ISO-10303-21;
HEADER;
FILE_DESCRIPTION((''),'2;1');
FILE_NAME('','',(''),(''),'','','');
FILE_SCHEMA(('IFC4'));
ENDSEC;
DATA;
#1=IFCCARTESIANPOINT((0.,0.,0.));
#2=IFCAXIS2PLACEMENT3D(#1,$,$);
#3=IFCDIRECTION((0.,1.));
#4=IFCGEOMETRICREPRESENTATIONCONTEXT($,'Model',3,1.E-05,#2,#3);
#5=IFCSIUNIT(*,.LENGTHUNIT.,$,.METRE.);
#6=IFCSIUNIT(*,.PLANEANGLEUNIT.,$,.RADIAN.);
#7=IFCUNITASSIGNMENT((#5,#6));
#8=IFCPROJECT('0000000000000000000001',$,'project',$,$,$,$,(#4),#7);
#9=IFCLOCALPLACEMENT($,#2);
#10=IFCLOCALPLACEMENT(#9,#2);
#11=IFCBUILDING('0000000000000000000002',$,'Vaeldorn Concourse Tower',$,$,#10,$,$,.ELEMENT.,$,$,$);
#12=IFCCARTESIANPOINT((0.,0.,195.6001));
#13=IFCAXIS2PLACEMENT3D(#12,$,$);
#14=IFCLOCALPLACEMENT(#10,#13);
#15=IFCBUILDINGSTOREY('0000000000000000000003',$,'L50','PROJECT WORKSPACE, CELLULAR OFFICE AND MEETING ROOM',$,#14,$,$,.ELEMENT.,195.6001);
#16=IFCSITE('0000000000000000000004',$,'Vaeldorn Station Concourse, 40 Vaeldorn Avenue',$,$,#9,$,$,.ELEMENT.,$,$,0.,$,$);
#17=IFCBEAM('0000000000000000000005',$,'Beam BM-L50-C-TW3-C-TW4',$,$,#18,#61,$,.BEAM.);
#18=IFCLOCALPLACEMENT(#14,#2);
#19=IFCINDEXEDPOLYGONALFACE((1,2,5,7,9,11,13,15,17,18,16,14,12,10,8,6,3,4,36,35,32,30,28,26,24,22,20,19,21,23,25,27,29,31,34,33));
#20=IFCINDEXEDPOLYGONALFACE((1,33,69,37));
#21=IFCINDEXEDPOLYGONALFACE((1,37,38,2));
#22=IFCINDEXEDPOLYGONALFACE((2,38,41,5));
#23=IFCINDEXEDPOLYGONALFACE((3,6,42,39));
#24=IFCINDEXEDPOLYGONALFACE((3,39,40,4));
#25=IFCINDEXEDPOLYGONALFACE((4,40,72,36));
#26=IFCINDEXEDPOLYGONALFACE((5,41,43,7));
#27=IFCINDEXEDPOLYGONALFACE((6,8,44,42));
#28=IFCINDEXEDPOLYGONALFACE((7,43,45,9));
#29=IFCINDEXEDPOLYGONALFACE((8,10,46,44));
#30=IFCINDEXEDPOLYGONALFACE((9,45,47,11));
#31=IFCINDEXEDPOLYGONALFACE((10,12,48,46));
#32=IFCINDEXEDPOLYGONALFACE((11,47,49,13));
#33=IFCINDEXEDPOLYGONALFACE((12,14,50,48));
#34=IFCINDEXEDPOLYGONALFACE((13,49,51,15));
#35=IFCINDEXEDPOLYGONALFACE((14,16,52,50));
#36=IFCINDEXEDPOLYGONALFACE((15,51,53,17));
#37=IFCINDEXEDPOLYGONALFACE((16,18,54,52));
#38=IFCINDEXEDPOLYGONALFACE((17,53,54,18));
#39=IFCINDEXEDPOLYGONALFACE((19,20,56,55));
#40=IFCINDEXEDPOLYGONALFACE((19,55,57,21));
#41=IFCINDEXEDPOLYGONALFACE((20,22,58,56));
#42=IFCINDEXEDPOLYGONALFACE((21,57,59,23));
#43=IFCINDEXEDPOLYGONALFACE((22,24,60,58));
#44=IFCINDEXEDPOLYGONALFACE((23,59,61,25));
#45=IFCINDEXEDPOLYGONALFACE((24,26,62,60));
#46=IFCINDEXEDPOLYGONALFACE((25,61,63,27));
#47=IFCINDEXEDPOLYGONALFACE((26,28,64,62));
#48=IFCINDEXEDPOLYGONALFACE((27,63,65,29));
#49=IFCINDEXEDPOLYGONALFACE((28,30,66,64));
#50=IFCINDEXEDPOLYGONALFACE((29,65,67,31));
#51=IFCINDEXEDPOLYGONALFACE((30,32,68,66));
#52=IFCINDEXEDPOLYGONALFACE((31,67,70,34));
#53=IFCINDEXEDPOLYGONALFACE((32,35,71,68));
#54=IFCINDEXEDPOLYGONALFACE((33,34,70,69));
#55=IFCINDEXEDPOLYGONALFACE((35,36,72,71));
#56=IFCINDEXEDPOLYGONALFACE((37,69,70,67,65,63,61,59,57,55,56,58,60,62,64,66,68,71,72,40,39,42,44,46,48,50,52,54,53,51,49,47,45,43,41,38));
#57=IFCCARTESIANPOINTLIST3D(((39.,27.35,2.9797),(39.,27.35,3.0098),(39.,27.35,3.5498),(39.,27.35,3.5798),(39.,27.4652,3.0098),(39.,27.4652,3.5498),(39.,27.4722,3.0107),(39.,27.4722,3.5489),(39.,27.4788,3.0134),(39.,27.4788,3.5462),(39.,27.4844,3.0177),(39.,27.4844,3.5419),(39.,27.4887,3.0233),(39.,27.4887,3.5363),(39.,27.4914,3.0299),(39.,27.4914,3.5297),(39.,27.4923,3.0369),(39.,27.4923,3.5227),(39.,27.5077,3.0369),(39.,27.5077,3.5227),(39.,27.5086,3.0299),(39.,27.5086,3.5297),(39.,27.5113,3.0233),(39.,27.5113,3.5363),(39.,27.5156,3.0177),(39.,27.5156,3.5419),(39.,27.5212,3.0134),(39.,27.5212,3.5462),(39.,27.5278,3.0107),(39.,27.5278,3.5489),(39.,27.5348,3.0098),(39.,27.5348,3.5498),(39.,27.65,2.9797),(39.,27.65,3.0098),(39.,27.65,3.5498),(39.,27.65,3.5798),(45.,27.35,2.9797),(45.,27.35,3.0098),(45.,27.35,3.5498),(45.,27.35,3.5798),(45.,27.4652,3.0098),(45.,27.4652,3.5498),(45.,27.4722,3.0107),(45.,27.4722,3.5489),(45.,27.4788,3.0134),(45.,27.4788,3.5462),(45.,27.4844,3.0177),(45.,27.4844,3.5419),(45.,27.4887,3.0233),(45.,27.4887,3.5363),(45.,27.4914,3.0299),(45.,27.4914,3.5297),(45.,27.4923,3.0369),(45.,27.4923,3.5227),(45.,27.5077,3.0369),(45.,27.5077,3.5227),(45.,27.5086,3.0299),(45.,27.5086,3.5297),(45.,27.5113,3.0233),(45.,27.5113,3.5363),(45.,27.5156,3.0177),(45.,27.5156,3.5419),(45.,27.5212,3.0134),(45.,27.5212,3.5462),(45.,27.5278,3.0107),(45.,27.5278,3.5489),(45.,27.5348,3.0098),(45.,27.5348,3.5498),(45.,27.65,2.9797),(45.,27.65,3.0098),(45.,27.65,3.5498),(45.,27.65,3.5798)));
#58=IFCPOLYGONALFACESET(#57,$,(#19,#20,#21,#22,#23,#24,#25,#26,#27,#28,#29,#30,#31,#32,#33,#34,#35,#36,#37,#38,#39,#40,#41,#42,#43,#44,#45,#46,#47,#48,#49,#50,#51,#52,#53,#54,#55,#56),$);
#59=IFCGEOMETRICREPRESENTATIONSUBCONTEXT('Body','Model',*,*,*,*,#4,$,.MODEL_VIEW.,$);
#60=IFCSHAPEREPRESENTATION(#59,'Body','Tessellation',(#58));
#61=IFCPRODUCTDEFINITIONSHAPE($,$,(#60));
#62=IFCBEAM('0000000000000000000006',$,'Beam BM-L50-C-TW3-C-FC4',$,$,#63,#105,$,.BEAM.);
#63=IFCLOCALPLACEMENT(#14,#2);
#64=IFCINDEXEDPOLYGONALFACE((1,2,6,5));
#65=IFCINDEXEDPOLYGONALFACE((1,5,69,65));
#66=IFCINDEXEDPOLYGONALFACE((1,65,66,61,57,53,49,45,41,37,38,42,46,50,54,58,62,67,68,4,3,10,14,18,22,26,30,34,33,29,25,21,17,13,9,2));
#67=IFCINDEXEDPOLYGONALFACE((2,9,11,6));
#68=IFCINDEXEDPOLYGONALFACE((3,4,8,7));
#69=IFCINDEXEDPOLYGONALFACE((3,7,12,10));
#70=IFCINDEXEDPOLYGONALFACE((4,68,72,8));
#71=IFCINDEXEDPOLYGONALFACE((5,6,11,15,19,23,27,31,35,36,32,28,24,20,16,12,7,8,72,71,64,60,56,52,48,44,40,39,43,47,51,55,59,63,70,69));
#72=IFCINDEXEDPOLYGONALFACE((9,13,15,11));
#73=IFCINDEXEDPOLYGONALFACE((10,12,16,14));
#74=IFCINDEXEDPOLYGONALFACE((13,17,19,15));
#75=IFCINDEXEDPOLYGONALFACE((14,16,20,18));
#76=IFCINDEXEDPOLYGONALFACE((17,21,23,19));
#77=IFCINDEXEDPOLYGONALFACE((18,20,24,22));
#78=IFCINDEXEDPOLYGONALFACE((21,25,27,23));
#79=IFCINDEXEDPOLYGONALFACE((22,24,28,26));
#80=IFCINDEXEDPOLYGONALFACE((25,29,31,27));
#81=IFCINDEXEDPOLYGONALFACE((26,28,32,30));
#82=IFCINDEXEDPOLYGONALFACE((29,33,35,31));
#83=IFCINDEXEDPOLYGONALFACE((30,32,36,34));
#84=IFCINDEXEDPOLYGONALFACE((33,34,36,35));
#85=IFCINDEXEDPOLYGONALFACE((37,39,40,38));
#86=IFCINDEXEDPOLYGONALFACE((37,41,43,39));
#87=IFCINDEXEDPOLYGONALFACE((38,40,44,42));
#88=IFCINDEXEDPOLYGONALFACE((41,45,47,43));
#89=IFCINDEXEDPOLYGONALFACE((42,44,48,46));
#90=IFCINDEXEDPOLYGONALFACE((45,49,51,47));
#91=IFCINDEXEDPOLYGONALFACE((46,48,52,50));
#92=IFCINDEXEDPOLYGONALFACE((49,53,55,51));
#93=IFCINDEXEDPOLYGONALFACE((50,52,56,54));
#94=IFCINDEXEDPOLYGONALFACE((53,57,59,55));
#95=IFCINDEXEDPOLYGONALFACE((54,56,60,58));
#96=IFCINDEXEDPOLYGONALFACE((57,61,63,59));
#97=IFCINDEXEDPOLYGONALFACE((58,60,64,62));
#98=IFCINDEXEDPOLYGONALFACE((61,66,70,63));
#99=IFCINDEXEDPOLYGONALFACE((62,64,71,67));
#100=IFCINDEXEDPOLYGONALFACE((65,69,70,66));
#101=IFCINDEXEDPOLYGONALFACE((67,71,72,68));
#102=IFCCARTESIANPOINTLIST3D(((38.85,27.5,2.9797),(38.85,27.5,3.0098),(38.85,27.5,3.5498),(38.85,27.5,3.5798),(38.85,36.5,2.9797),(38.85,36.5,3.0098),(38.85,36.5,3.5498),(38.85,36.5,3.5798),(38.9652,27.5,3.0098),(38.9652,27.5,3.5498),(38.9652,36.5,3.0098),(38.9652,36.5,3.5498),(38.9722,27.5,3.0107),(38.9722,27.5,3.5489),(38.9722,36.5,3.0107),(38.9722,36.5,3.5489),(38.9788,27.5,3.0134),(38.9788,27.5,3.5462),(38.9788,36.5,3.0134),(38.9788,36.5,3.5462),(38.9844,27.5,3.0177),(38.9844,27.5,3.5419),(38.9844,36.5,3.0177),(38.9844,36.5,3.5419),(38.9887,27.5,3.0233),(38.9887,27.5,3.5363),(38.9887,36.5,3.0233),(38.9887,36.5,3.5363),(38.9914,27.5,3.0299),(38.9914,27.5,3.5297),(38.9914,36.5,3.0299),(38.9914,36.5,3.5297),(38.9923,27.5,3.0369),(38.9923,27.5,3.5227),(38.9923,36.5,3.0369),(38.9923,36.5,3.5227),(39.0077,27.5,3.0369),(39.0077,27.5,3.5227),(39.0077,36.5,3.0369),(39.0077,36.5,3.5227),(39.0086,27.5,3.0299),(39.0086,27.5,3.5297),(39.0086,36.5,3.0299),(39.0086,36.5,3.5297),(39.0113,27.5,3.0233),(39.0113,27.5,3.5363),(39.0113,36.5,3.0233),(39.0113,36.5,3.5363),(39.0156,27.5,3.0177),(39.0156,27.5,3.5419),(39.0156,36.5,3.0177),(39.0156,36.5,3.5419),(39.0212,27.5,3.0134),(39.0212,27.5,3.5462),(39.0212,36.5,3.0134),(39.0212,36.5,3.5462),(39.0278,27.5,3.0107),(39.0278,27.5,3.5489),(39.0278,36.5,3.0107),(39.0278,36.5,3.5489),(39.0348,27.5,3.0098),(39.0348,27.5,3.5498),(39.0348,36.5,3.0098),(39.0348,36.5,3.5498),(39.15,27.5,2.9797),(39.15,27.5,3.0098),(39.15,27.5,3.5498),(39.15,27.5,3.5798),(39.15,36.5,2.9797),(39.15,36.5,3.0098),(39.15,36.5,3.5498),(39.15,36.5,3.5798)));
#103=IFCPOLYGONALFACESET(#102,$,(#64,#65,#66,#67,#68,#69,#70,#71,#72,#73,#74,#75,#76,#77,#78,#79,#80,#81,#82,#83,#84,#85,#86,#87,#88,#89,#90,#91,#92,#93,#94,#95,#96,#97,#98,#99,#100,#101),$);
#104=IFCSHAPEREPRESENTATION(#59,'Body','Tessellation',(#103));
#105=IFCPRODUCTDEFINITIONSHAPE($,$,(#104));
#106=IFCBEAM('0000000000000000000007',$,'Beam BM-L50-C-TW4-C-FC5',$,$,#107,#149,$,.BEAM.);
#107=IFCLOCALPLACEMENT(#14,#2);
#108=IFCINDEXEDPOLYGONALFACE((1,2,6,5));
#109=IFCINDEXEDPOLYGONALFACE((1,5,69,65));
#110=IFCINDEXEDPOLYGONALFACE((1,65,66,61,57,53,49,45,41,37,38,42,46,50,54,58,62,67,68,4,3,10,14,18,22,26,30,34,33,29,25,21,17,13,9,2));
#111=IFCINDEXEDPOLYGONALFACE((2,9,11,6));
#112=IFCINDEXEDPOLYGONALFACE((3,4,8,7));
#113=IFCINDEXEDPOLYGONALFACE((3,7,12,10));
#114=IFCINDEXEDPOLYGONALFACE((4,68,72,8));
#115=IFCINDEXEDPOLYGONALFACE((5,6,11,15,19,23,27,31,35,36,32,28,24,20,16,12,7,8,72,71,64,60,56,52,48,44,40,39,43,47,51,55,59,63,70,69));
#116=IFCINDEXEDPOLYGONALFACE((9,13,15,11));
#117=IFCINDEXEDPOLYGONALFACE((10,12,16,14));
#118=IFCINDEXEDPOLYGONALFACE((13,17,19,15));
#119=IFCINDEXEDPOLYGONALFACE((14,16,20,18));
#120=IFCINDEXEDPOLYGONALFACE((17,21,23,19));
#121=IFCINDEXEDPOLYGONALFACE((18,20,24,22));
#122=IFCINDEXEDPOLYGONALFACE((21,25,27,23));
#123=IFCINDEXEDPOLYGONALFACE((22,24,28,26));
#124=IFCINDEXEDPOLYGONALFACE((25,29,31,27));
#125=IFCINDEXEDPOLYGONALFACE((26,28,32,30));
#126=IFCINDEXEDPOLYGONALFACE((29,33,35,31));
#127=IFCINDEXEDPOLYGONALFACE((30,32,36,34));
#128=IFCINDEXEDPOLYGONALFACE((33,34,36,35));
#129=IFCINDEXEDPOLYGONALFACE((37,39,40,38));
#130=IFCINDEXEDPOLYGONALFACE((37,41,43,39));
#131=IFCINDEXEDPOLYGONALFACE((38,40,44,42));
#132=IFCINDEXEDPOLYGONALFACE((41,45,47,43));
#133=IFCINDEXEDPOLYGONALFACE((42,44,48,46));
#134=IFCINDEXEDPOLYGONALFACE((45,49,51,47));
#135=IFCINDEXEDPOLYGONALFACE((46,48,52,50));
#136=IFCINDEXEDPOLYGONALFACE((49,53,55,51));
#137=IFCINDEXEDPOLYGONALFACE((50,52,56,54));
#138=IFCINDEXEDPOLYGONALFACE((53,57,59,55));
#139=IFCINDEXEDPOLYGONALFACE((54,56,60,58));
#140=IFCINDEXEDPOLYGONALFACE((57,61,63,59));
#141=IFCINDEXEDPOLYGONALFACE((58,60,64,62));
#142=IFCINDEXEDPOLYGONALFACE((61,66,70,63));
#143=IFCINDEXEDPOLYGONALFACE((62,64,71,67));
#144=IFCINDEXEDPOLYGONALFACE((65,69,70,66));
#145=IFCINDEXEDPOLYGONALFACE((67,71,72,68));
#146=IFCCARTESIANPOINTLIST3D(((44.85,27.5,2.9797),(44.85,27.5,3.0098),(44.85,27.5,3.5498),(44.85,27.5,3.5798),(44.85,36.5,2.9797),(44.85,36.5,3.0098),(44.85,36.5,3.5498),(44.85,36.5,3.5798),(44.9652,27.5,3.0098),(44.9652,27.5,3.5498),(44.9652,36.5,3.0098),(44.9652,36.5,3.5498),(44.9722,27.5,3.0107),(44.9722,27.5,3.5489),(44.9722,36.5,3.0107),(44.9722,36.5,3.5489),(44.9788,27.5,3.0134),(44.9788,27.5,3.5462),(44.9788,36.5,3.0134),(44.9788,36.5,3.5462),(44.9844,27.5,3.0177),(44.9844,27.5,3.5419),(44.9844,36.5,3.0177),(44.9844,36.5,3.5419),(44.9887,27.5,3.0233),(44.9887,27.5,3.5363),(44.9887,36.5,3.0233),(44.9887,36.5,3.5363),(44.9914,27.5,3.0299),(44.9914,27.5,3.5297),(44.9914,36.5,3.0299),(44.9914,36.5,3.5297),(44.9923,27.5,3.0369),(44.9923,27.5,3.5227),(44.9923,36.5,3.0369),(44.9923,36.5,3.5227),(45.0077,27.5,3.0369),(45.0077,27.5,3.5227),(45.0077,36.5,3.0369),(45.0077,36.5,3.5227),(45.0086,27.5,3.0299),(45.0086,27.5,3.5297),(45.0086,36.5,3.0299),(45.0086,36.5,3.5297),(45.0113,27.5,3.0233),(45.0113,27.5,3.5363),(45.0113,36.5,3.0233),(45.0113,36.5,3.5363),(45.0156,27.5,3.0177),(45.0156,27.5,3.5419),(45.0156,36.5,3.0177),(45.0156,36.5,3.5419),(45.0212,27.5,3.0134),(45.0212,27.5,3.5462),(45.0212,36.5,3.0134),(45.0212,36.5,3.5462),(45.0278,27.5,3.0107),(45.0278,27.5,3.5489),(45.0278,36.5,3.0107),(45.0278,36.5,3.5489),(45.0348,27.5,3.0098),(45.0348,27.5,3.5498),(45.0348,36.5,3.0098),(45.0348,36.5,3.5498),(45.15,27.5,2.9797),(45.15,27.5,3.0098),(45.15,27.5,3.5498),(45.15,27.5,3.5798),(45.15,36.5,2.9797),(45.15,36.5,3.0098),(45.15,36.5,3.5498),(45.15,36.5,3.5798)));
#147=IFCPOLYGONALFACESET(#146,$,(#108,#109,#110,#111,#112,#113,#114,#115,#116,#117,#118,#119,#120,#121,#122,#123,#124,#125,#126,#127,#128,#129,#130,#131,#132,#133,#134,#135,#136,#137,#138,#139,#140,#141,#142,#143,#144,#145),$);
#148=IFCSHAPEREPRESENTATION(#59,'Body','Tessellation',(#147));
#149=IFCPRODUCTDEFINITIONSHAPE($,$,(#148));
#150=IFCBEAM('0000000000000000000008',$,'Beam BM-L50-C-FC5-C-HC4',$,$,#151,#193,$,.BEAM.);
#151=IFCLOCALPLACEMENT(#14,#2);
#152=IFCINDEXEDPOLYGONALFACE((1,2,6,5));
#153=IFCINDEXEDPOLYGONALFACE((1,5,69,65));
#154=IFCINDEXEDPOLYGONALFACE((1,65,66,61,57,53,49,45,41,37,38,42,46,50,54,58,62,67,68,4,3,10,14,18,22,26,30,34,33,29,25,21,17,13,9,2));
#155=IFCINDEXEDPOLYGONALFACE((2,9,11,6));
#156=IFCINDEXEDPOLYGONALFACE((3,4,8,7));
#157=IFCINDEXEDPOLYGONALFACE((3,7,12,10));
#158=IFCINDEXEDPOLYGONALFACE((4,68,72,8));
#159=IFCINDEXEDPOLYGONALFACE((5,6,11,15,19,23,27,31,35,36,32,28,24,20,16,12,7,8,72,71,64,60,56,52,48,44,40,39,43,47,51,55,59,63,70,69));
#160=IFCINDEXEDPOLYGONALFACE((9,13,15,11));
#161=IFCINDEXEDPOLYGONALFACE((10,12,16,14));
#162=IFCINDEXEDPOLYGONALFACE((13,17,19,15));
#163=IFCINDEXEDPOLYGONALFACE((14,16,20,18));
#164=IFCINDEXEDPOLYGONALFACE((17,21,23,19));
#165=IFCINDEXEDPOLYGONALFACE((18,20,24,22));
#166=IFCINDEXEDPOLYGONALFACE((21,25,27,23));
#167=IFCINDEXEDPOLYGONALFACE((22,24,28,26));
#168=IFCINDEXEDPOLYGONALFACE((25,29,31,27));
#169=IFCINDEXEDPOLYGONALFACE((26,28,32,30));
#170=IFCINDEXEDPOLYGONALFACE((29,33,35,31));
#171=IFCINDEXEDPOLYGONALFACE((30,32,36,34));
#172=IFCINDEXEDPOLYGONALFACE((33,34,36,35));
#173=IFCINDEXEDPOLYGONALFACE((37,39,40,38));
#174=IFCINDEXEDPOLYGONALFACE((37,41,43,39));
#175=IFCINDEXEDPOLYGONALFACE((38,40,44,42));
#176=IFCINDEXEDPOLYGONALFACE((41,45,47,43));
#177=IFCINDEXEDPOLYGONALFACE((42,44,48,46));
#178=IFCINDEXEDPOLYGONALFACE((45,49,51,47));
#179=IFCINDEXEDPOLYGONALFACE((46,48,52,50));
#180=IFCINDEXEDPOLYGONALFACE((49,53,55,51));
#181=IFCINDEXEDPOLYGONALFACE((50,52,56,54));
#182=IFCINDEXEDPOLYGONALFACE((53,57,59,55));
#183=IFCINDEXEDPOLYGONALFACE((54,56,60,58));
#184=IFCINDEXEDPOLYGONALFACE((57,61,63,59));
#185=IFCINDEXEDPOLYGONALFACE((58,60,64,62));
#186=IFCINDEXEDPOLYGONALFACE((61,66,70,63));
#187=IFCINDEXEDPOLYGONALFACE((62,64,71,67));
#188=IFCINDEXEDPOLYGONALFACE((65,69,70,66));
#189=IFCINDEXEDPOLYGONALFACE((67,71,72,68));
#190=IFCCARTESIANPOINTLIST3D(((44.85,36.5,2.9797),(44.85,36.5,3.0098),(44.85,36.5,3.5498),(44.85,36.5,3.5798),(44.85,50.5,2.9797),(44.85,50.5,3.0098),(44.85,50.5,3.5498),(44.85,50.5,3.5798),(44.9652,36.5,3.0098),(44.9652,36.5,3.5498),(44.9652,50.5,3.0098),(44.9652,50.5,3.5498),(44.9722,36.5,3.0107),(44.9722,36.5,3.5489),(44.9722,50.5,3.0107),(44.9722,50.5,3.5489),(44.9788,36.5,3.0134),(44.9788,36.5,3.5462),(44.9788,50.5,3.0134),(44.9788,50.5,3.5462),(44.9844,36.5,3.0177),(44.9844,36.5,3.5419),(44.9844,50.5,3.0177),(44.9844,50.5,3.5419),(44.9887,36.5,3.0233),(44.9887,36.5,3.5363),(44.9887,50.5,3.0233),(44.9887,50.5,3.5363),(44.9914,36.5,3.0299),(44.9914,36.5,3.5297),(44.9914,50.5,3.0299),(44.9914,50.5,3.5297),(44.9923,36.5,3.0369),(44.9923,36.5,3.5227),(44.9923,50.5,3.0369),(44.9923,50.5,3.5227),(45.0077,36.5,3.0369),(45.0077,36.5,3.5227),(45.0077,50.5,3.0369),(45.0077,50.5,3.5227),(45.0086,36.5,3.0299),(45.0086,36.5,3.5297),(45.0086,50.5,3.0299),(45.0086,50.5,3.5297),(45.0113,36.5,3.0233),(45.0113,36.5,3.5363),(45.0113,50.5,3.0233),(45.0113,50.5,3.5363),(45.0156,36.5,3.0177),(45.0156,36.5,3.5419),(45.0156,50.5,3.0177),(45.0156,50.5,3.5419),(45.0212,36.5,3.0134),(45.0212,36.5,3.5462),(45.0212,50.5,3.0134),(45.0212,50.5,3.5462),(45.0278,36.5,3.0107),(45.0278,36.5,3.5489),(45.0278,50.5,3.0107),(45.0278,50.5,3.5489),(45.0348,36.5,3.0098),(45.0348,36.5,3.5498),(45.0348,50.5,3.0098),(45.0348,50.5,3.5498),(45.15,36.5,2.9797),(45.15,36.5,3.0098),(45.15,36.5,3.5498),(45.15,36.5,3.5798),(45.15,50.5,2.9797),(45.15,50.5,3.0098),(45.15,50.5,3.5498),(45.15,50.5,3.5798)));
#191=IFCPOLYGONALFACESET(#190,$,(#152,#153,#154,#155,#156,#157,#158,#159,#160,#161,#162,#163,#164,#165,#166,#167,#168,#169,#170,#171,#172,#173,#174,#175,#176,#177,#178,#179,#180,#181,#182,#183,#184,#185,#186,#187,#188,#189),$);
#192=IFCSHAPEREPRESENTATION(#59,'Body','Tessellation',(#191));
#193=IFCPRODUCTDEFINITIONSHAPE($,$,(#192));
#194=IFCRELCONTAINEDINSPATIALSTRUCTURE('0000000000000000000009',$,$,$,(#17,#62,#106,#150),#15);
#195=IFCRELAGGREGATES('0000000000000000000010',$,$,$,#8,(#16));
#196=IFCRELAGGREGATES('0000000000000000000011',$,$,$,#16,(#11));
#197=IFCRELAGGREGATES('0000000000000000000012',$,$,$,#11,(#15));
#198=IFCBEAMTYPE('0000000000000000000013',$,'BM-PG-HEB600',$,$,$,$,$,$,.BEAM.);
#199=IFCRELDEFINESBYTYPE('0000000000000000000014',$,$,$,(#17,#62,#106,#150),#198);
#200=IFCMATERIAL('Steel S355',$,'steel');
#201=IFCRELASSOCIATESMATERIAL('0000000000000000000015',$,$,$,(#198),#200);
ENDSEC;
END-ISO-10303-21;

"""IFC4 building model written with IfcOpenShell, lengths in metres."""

from ifc_helpers import new_model, si_unit, direction, frame, origin, origin_2d, place, context, subcontext, project, spatial, i_section, extrude, source, transform, mapped, material, material_profile, profile_set, type_object, element, save


model = new_model("IFC4")

# Units and contexts
model_context = context("Model", 3, precision=1e-05, world=origin(), true_north=direction((0.0, 1.0)))
body_context = subcontext(model_context, "Body", "Model", "MODEL_VIEW")
ifc_project = project(units=[si_unit("LENGTHUNIT", "METRE"), si_unit("PLANEANGLEUNIT", "RADIAN")], contexts=[model_context])

# Site, building, storey
site_placement = place(None, origin())
site = spatial("IfcSite", under=ifc_project, at=site_placement, Name="Vaeldorn Station Concourse, 40 Vaeldorn Avenue", CompositionType="ELEMENT", RefElevation=0.0)
building_placement = place(site_placement, origin())
building = spatial("IfcBuilding", under=site, at=building_placement, Name="Vaeldorn Concourse Tower", CompositionType="ELEMENT")
storey_placement = place(building_placement, frame((0.0, 0.0, 195.6001)))
storey = spatial("IfcBuildingStorey", under=building, at=storey_placement, Name="L50", Description="PROJECT WORKSPACE, CELLULAR OFFICE AND MEETING ROOM", CompositionType="ELEMENT", Elevation=195.6001)

# Shared definitions
ifc_material_1 = material(Name="Steel S355", Category="steel")

# Beams
ifc_material_profile_1 = material_profile(ifc_material_1, i_section(OverallWidth=0.3, OverallDepth=0.6001, WebThickness=0.0154, FlangeThickness=0.03, FilletRadius=0.0271, at=origin_2d()), Name="HEB 600")
ifc_profile_set_1 = profile_set([ifc_material_profile_1], Name="Steel S355")
beam_type_1 = type_object("IfcBeamType", Name="BM-PG-HEB600", PredefinedType="BEAM", material=ifc_profile_set_1)
shared_shape_1 = source(origin(), body_context, "Body", "SweptSolid", [
    extrude(i_section(OverallWidth=0.3, OverallDepth=0.6001, WebThickness=0.0154, FlangeThickness=0.03, FilletRadius=0.0271, at=origin_2d()), origin(), (0.0, 0.0, 1.0), 6.0),
])
for number, where, z_axis, x_axis, name in (
    (1, (39.0, 27.5, 3.2798), (1.0, 0.0, 0.0), (0.0, 1.0, 0.0), "Beam BM-L50-C-TW3-C-TW4"),
):
    element("IfcBeam", number, at=place(storey_placement, frame(where, z_axis=z_axis, x_axis=x_axis)), inside=storey, type_object=beam_type_1, Name=name, PredefinedType="BEAM", context=body_context, shape_type="MappedRepresentation", body=[
        mapped(shared_shape_1, transform((0.0, 0.0, 0.0), scale=1.0)),
    ])
shared_shape_2 = source(origin(), body_context, "Body", "SweptSolid", [
    extrude(i_section(OverallWidth=0.3, OverallDepth=0.6001, WebThickness=0.0154, FlangeThickness=0.03, FilletRadius=0.0271, at=origin_2d()), origin(), (0.0, 0.0, 1.0), 9.0),
])
for number, where, z_axis, x_axis, name in (
    (2, (39.0, 27.5, 3.2798), (0.0, 1.0, 0.0), (-1.0, 0.0, 0.0), "Beam BM-L50-C-TW3-C-FC4"),
    (3, (45.0, 27.5, 3.2798), (0.0, 1.0, 0.0), (-1.0, 0.0, 0.0), "Beam BM-L50-C-TW4-C-FC5"),
):
    element("IfcBeam", number, at=place(storey_placement, frame(where, z_axis=z_axis, x_axis=x_axis)), inside=storey, type_object=beam_type_1, Name=name, PredefinedType="BEAM", context=body_context, shape_type="MappedRepresentation", body=[
        mapped(shared_shape_2, transform((0.0, 0.0, 0.0), scale=1.0)),
    ])
shared_shape_3 = source(origin(), body_context, "Body", "SweptSolid", [
    extrude(i_section(OverallWidth=0.3, OverallDepth=0.6001, WebThickness=0.0154, FlangeThickness=0.03, FilletRadius=0.0271, at=origin_2d()), origin(), (0.0, 0.0, 1.0), 14.0),
])
beam_1_placement = place(storey_placement, frame((45.0, 36.5, 3.2798), z_axis=(0.0, 1.0, 0.0), x_axis=(-1.0, 0.0, 0.0)))
element("IfcBeam", 4, at=beam_1_placement, inside=storey, type_object=beam_type_1, Name="Beam BM-L50-C-FC5-C-HC4", PredefinedType="BEAM", context=body_context, shape_type="MappedRepresentation", body=[
    mapped(shared_shape_3, transform((0.0, 0.0, 0.0), scale=1.0)),
])

save(model, "model.ifc")
